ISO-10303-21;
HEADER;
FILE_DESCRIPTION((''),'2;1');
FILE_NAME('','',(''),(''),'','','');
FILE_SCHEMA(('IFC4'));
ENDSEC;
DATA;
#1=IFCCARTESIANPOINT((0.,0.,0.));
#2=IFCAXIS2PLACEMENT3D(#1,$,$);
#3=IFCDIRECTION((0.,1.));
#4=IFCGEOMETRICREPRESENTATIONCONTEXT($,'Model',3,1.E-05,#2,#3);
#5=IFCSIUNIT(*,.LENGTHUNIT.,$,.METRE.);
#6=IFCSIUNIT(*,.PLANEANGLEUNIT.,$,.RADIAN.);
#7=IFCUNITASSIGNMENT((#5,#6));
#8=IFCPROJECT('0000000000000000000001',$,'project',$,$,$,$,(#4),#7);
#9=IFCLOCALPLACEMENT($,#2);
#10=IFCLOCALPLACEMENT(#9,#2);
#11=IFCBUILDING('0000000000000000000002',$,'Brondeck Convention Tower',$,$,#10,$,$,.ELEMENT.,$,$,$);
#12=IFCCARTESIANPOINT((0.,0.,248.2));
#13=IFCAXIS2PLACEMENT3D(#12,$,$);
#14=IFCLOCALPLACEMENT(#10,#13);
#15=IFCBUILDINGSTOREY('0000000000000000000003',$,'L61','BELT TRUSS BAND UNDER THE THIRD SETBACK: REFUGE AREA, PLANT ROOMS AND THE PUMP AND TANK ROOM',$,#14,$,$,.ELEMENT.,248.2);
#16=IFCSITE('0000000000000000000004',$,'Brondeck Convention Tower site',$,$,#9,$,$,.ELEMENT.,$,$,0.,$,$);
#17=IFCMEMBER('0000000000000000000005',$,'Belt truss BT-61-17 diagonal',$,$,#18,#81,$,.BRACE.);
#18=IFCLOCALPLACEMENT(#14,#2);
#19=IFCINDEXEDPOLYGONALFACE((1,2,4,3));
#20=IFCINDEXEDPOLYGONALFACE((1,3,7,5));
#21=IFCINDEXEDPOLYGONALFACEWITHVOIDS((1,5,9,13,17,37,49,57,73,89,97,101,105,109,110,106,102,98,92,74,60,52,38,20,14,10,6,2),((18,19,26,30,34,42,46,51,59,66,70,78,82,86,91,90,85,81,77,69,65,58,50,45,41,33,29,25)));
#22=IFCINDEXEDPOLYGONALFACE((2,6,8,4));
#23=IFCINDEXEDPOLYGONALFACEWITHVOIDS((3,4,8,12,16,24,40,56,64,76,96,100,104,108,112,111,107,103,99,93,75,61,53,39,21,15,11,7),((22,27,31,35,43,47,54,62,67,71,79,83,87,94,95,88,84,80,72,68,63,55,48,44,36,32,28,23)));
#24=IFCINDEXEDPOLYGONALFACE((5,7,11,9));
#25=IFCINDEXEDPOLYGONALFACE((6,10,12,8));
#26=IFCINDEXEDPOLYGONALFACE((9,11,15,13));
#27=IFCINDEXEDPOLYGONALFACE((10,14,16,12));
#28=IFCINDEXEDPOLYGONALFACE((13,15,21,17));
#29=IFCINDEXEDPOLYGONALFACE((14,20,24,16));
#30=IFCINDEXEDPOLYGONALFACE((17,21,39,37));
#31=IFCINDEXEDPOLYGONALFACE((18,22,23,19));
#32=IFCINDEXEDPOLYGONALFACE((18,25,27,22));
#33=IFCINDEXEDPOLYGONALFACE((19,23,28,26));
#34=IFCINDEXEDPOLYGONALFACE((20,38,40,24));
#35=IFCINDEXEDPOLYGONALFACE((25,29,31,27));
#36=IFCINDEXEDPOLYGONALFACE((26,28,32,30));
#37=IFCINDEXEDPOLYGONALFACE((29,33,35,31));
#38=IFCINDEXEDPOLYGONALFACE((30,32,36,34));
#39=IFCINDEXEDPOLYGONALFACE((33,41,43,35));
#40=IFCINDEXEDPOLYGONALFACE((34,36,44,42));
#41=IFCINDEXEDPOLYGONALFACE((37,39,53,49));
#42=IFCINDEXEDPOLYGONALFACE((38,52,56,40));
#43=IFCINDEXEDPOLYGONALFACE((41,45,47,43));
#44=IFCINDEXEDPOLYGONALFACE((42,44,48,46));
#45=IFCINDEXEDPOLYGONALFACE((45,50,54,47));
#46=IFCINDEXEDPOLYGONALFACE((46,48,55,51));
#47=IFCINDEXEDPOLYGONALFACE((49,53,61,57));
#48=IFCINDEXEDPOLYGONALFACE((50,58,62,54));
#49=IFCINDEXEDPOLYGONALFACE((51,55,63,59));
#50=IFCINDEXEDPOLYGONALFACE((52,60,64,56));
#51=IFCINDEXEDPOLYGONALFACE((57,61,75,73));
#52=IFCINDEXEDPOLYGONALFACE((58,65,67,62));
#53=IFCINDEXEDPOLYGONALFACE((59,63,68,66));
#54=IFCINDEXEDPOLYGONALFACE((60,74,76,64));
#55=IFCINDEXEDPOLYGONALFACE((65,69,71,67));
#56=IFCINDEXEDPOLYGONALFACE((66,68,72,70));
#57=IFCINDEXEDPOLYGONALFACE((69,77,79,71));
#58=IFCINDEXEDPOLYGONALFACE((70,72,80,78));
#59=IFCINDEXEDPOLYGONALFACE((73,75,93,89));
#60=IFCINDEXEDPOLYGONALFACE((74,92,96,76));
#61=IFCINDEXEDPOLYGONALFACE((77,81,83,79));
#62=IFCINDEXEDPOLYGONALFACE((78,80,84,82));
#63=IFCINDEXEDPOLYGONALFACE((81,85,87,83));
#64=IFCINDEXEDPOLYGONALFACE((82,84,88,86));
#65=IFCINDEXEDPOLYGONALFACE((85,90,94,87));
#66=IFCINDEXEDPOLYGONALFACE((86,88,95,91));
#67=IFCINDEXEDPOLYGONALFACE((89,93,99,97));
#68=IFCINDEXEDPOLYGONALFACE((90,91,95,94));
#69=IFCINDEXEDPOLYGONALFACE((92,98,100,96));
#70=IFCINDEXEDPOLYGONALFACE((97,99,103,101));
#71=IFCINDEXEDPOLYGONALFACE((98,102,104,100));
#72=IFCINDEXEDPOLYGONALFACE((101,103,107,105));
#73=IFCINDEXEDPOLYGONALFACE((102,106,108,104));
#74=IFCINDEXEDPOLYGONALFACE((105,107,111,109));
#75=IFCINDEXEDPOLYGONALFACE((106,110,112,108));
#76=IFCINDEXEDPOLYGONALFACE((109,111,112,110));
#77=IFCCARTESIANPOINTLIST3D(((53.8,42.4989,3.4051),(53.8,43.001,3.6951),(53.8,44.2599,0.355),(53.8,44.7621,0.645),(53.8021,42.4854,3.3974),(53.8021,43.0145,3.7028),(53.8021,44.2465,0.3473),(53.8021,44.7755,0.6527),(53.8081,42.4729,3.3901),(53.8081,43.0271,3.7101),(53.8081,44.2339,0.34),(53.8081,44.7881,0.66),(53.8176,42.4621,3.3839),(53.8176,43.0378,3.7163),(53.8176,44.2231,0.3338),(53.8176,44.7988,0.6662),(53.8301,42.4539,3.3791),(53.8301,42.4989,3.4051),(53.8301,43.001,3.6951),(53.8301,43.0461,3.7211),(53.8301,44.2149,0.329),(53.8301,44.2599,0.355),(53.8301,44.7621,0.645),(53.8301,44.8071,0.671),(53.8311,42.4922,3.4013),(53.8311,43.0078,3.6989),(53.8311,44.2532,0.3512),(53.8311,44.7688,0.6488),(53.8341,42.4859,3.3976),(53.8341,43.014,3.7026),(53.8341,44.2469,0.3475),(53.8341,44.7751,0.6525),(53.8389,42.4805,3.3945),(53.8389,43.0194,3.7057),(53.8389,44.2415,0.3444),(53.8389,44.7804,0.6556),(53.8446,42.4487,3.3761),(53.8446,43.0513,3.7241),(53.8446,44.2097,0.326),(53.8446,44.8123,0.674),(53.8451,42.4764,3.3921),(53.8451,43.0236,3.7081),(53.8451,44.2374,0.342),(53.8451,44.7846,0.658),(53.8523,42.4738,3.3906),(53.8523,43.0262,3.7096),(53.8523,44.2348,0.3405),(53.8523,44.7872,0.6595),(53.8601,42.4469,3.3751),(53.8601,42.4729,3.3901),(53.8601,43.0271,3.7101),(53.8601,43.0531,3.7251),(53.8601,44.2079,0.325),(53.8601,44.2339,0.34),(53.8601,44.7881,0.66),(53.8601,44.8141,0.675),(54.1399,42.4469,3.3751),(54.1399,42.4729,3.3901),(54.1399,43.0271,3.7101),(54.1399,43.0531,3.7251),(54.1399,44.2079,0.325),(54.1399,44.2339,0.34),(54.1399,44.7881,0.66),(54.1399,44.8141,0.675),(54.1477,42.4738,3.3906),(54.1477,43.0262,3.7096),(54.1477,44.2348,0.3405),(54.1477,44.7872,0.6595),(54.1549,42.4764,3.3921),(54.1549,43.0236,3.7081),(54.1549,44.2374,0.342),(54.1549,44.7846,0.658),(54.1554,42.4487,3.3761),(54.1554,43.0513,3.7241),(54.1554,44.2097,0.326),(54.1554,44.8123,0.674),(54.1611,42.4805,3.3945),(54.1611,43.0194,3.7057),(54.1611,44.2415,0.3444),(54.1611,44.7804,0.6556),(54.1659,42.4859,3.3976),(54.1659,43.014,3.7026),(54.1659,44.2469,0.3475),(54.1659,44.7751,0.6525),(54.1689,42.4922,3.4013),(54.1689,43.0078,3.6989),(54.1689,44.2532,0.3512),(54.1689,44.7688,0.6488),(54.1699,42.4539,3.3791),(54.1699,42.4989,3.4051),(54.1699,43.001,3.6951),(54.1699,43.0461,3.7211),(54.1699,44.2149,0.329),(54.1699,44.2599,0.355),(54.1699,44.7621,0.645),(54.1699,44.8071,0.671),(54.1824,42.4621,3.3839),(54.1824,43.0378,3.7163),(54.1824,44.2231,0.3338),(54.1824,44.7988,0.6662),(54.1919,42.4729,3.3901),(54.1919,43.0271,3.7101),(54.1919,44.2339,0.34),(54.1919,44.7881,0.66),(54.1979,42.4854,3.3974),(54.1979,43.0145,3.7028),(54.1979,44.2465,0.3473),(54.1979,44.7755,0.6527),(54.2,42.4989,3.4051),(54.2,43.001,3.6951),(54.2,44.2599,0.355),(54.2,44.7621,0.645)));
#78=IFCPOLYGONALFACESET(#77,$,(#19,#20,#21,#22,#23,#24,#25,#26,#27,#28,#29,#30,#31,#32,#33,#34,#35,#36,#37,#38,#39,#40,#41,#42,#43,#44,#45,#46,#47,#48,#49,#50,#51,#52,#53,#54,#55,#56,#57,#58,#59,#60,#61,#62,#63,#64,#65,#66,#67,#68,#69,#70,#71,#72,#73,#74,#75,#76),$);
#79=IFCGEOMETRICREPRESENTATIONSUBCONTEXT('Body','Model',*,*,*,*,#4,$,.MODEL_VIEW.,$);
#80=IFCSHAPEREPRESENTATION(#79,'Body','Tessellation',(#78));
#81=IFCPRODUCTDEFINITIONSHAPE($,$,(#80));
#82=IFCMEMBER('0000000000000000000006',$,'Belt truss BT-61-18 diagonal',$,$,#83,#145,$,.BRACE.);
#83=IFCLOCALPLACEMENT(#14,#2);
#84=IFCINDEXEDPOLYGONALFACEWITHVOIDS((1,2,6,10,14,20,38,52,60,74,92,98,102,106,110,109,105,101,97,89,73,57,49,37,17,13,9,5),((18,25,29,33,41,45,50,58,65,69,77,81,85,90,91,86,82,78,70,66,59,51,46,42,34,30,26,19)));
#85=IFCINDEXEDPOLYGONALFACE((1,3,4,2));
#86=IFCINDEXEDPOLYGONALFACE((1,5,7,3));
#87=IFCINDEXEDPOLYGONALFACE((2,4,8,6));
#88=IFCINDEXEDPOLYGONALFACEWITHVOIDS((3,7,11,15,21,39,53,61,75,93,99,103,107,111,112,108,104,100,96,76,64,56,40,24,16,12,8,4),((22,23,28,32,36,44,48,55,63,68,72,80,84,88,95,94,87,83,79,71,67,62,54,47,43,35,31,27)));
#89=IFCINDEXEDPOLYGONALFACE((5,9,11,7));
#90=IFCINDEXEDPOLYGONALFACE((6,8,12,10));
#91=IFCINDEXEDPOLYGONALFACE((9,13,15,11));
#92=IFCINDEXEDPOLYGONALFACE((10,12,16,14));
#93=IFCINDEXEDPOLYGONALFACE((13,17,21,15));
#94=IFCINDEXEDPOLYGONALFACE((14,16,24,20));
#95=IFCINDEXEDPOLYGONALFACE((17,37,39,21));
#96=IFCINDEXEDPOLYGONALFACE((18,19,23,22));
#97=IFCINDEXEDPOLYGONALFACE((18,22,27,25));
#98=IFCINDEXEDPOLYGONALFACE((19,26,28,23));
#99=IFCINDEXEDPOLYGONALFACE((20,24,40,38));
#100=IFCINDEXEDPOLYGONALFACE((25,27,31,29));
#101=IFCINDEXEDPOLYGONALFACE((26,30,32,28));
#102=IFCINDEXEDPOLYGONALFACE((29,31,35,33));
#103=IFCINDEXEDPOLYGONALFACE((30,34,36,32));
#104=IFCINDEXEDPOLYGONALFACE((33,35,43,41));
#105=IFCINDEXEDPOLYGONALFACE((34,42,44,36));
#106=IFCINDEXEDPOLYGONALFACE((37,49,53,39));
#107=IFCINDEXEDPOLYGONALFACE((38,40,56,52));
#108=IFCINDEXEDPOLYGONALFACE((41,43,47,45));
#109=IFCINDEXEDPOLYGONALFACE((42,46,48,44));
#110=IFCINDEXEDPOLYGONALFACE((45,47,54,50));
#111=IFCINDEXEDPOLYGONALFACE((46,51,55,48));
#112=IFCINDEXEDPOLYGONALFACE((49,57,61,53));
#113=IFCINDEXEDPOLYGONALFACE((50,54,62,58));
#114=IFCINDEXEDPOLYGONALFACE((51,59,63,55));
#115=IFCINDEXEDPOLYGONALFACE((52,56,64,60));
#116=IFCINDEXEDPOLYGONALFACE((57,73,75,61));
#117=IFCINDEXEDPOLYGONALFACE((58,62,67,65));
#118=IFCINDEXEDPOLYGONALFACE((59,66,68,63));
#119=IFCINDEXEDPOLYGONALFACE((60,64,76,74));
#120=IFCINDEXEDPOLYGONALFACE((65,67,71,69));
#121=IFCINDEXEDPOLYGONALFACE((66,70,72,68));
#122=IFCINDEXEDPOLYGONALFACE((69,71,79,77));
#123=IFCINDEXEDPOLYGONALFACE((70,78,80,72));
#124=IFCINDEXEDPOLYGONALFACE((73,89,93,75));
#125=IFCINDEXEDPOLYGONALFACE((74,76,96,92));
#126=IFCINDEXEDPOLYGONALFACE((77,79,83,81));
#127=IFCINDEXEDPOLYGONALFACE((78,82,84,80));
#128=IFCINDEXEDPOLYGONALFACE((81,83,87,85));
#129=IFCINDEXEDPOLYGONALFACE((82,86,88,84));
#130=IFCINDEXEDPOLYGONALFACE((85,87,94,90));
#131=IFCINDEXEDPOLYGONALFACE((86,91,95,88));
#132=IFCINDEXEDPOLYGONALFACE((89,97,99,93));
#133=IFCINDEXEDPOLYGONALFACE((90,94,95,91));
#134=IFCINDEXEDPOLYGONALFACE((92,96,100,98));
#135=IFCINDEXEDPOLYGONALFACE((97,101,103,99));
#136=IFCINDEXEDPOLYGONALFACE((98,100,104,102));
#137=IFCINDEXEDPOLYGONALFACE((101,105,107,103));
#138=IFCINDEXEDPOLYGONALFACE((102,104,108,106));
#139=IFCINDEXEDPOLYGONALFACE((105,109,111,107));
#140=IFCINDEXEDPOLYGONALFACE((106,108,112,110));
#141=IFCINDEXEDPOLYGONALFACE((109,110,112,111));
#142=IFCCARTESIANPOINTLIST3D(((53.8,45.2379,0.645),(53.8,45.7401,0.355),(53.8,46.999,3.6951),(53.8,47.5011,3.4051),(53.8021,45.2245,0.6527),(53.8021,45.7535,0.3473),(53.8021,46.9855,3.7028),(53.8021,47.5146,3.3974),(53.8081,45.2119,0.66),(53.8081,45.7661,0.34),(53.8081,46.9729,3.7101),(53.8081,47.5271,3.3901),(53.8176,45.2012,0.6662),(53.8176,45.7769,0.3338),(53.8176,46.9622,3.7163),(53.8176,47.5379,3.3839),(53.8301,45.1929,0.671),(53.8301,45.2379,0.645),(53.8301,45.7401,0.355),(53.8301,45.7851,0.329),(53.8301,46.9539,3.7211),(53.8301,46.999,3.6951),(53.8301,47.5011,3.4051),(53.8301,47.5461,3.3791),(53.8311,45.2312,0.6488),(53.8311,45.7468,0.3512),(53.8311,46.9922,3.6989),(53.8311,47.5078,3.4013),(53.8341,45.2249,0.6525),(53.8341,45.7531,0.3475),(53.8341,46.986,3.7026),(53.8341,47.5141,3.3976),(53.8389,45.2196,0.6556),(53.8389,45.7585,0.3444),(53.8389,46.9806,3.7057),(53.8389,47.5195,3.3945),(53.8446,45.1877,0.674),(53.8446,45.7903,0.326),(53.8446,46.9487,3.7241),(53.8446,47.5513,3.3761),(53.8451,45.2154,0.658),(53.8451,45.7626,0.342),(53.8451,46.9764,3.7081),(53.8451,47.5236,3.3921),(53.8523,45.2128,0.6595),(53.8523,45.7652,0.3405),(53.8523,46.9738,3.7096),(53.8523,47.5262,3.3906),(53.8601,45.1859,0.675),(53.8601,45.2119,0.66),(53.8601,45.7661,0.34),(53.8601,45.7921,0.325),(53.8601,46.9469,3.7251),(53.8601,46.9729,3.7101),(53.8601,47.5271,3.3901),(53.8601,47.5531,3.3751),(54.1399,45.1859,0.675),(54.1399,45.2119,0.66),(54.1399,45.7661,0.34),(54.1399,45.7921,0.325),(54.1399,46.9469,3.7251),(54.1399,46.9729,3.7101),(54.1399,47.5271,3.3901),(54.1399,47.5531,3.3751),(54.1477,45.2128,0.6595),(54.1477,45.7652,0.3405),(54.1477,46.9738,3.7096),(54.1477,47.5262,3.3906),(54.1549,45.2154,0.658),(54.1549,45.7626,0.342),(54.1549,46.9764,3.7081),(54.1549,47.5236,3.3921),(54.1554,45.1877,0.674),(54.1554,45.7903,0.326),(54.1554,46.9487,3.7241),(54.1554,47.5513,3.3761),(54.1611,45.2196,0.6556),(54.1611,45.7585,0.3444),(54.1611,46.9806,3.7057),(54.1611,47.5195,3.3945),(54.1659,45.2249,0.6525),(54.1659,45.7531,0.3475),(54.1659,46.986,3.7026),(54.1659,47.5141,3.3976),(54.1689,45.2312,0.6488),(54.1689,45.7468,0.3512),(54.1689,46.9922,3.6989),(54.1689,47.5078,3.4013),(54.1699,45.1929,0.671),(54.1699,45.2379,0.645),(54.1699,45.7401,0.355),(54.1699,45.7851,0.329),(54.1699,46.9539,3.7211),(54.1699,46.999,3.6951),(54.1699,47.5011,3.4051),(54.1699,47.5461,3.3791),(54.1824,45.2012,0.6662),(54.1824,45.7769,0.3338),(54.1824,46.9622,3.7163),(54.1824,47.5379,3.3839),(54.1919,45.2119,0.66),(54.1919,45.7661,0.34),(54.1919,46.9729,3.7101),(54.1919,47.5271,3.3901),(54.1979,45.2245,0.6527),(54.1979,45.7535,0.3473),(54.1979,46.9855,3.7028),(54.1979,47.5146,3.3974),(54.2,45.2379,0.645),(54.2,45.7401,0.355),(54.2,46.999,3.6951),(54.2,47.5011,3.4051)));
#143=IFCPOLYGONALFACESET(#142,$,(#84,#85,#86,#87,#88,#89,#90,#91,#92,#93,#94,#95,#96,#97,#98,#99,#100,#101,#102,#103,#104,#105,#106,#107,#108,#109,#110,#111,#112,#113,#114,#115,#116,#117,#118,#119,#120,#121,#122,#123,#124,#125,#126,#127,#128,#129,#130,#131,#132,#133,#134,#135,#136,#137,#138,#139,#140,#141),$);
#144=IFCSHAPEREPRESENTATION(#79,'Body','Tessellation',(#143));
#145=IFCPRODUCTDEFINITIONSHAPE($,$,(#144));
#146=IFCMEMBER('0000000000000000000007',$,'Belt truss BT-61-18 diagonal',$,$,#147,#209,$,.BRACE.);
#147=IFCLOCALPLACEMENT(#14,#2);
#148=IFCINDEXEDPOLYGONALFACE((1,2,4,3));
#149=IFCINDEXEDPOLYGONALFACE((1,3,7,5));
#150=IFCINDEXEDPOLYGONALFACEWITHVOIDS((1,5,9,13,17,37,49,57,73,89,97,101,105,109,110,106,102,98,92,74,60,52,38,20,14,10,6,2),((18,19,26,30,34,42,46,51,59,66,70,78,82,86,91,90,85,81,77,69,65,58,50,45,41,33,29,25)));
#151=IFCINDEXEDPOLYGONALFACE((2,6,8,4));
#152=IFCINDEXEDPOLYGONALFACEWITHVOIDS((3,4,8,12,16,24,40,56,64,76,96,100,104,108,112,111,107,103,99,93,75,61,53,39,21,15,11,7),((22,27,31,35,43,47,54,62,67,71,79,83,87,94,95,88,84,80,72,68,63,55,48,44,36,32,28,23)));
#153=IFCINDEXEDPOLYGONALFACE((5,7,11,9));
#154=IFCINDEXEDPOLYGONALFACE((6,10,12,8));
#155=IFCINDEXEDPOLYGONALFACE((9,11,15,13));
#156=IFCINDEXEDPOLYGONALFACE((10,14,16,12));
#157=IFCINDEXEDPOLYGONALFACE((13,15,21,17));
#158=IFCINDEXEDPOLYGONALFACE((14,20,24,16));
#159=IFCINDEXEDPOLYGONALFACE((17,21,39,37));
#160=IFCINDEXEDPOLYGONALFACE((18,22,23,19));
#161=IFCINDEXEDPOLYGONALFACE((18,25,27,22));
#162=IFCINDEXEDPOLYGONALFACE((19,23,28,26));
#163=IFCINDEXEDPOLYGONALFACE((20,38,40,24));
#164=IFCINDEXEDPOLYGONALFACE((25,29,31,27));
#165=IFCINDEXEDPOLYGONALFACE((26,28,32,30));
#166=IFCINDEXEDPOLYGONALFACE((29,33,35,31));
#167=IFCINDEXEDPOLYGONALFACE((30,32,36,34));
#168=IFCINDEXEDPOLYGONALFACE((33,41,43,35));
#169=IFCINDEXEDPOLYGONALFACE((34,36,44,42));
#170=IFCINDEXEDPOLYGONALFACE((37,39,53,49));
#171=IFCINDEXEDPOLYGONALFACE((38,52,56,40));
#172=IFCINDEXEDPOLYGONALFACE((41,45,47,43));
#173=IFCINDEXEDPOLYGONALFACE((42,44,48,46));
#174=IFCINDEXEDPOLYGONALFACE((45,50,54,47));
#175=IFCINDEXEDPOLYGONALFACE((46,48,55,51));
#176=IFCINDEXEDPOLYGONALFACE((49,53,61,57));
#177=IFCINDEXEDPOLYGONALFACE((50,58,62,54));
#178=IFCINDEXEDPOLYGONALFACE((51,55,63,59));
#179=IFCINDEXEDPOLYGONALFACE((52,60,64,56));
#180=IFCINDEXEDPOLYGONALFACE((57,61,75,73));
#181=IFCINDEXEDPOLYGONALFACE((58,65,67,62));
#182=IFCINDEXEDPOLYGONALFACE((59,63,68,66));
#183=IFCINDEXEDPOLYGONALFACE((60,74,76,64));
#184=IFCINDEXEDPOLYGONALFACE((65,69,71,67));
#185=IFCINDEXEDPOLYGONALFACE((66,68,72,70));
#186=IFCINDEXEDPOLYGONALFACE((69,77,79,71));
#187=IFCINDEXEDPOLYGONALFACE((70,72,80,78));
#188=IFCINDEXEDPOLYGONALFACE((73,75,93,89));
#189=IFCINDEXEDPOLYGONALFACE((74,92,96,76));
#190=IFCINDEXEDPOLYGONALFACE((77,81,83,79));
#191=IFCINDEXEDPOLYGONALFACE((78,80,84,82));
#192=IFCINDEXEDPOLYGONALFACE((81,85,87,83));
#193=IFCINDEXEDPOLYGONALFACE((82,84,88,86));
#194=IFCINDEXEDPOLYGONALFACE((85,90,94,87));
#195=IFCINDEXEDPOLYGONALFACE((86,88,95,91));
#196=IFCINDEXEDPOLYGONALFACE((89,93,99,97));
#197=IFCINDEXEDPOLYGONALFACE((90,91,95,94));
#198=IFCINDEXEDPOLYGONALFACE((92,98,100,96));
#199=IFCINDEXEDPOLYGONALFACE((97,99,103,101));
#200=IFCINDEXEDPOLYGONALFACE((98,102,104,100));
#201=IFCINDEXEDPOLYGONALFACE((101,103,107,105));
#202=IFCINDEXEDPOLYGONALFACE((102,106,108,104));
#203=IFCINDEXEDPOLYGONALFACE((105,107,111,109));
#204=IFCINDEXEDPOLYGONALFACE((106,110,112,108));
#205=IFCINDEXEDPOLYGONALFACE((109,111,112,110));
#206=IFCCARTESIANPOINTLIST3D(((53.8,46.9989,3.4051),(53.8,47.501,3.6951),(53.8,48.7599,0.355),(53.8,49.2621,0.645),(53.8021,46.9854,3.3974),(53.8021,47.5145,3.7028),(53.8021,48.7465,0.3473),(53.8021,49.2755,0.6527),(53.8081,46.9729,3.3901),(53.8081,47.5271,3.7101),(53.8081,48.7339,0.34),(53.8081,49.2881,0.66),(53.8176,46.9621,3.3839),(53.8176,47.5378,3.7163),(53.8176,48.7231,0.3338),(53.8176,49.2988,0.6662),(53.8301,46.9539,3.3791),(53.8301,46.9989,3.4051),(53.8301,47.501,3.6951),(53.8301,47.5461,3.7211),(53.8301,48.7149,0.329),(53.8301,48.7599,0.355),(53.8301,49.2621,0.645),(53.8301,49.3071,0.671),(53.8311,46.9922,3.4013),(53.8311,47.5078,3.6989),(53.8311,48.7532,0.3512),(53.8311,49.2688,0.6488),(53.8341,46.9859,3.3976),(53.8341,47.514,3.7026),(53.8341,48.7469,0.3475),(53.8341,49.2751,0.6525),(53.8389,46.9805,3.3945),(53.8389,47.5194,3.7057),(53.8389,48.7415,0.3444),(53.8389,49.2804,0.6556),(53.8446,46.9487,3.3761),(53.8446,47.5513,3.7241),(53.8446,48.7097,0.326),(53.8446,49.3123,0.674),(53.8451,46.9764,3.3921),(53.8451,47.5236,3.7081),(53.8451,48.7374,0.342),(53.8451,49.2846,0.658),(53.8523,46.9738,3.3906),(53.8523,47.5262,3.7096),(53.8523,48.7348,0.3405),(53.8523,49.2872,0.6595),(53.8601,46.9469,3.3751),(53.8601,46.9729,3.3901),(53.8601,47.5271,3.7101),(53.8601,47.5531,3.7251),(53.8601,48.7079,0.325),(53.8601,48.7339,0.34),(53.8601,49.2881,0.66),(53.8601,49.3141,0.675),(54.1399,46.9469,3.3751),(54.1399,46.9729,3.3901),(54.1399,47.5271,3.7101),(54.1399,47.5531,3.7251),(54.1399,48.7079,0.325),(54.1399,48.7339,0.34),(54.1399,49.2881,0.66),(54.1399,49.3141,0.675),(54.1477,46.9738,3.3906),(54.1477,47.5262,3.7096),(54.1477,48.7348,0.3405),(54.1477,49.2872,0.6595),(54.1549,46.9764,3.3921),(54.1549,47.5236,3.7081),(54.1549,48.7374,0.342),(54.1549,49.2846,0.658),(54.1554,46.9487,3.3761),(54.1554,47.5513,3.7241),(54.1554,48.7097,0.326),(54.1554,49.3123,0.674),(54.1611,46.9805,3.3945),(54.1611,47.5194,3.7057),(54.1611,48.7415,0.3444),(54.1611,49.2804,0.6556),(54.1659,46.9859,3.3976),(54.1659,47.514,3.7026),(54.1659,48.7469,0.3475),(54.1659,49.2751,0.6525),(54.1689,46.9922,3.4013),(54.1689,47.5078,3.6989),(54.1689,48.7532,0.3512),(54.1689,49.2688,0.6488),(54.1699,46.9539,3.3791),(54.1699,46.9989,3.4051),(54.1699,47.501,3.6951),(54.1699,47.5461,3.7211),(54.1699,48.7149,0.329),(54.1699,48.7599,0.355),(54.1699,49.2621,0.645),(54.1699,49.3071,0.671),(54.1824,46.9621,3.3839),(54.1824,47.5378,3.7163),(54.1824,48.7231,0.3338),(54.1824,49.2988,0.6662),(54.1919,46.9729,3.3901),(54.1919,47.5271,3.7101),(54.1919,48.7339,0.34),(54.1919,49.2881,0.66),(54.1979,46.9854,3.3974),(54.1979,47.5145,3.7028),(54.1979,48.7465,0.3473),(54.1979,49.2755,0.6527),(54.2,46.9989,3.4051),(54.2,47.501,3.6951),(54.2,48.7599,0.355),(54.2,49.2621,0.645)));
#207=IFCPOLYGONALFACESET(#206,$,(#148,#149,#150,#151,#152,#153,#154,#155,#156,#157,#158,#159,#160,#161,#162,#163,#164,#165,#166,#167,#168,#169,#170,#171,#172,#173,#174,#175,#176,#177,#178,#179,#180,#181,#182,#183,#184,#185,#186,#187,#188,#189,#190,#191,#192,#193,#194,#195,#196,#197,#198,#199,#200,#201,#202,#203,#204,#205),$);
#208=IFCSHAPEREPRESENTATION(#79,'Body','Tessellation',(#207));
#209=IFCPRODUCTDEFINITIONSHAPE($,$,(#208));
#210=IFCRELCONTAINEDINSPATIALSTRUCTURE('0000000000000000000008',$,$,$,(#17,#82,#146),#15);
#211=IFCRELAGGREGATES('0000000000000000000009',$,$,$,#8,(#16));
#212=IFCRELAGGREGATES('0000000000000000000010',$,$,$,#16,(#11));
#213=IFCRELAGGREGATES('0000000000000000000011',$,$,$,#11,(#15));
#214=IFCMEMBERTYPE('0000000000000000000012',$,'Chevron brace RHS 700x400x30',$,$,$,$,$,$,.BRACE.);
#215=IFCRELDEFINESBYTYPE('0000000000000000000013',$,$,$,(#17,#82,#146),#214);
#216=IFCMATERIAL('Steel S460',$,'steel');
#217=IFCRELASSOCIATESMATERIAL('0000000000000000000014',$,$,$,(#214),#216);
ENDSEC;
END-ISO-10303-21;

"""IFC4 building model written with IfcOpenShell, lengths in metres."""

from ifc_helpers import new_model, si_unit, direction, frame, origin, origin_2d, place, context, subcontext, project, spatial, hollow_rectangle, extrude, material, material_profile, profile_set, type_object, element, save


model = new_model("IFC4")

# Units and contexts
model_context = context("Model", 3, precision=1e-05, world=origin(), true_north=direction((0.0, 1.0)))
body_context = subcontext(model_context, "Body", "Model", "MODEL_VIEW")
ifc_project = project(units=[si_unit("LENGTHUNIT", "METRE"), si_unit("PLANEANGLEUNIT", "RADIAN")], contexts=[model_context])

# Site, building, storey
site_placement = place(None, origin())
site = spatial("IfcSite", under=ifc_project, at=site_placement, Name="Brondeck Convention Tower site", CompositionType="ELEMENT", RefElevation=0.0)
building_placement = place(site_placement, origin())
building = spatial("IfcBuilding", under=site, at=building_placement, Name="Brondeck Convention Tower", CompositionType="ELEMENT")
storey_placement = place(building_placement, frame((0.0, 0.0, 248.2)))
storey = spatial("IfcBuildingStorey", under=building, at=storey_placement, Name="L61", Description="BELT TRUSS BAND UNDER THE THIRD SETBACK: REFUGE AREA, PLANT ROOMS AND THE PUMP AND TANK ROOM", CompositionType="ELEMENT", Elevation=248.2)

# Members
ifc_material_1 = material(Name="Steel S460", Category="steel")
ifc_material_profile_1 = material_profile(ifc_material_1, hollow_rectangle(XDim=0.3999, YDim=0.7, WallThickness=0.03, InnerFilletRadius=0.03, OuterFilletRadius=0.0601, at=origin_2d()), Name="RHS 700x400x30")
ifc_profile_set_1 = profile_set([ifc_material_profile_1], Name="Steel S460")
member_type = type_object("IfcMemberType", Name="Chevron brace RHS 700x400x30", PredefinedType="BRACE", material=ifc_profile_set_1)
for number, where, z_axis, x_axis, name in (
    (1, (54.0, 44.511, 0.5), (0.0, -0.500008, 0.866021), (1.0, 0.0, 0.0), "Belt truss BT-61-17 diagonal"),
    (2, (54.0, 45.489, 0.5), (0.0, 0.500008, 0.866021), (-1.0, 0.0, 0.0), "Belt truss BT-61-18 diagonal"),
    (3, (54.0, 49.011, 0.5), (0.0, -0.500008, 0.866021), (1.0, 0.0, 0.0), "Belt truss BT-61-18 diagonal"),
):
    element("IfcMember", number, at=place(storey_placement, frame(where, z_axis=z_axis, x_axis=x_axis)), inside=storey, type_object=member_type, Name=name, PredefinedType="BRACE", context=body_context, shape_type="SweptSolid", body=[
        extrude(hollow_rectangle(XDim=0.3999, YDim=0.7, WallThickness=0.03, InnerFilletRadius=0.03, OuterFilletRadius=0.0601, at=origin_2d()), origin(), (0.0, 0.0, 1.0), 3.522),
    ])

save(model, "model.ifc")
